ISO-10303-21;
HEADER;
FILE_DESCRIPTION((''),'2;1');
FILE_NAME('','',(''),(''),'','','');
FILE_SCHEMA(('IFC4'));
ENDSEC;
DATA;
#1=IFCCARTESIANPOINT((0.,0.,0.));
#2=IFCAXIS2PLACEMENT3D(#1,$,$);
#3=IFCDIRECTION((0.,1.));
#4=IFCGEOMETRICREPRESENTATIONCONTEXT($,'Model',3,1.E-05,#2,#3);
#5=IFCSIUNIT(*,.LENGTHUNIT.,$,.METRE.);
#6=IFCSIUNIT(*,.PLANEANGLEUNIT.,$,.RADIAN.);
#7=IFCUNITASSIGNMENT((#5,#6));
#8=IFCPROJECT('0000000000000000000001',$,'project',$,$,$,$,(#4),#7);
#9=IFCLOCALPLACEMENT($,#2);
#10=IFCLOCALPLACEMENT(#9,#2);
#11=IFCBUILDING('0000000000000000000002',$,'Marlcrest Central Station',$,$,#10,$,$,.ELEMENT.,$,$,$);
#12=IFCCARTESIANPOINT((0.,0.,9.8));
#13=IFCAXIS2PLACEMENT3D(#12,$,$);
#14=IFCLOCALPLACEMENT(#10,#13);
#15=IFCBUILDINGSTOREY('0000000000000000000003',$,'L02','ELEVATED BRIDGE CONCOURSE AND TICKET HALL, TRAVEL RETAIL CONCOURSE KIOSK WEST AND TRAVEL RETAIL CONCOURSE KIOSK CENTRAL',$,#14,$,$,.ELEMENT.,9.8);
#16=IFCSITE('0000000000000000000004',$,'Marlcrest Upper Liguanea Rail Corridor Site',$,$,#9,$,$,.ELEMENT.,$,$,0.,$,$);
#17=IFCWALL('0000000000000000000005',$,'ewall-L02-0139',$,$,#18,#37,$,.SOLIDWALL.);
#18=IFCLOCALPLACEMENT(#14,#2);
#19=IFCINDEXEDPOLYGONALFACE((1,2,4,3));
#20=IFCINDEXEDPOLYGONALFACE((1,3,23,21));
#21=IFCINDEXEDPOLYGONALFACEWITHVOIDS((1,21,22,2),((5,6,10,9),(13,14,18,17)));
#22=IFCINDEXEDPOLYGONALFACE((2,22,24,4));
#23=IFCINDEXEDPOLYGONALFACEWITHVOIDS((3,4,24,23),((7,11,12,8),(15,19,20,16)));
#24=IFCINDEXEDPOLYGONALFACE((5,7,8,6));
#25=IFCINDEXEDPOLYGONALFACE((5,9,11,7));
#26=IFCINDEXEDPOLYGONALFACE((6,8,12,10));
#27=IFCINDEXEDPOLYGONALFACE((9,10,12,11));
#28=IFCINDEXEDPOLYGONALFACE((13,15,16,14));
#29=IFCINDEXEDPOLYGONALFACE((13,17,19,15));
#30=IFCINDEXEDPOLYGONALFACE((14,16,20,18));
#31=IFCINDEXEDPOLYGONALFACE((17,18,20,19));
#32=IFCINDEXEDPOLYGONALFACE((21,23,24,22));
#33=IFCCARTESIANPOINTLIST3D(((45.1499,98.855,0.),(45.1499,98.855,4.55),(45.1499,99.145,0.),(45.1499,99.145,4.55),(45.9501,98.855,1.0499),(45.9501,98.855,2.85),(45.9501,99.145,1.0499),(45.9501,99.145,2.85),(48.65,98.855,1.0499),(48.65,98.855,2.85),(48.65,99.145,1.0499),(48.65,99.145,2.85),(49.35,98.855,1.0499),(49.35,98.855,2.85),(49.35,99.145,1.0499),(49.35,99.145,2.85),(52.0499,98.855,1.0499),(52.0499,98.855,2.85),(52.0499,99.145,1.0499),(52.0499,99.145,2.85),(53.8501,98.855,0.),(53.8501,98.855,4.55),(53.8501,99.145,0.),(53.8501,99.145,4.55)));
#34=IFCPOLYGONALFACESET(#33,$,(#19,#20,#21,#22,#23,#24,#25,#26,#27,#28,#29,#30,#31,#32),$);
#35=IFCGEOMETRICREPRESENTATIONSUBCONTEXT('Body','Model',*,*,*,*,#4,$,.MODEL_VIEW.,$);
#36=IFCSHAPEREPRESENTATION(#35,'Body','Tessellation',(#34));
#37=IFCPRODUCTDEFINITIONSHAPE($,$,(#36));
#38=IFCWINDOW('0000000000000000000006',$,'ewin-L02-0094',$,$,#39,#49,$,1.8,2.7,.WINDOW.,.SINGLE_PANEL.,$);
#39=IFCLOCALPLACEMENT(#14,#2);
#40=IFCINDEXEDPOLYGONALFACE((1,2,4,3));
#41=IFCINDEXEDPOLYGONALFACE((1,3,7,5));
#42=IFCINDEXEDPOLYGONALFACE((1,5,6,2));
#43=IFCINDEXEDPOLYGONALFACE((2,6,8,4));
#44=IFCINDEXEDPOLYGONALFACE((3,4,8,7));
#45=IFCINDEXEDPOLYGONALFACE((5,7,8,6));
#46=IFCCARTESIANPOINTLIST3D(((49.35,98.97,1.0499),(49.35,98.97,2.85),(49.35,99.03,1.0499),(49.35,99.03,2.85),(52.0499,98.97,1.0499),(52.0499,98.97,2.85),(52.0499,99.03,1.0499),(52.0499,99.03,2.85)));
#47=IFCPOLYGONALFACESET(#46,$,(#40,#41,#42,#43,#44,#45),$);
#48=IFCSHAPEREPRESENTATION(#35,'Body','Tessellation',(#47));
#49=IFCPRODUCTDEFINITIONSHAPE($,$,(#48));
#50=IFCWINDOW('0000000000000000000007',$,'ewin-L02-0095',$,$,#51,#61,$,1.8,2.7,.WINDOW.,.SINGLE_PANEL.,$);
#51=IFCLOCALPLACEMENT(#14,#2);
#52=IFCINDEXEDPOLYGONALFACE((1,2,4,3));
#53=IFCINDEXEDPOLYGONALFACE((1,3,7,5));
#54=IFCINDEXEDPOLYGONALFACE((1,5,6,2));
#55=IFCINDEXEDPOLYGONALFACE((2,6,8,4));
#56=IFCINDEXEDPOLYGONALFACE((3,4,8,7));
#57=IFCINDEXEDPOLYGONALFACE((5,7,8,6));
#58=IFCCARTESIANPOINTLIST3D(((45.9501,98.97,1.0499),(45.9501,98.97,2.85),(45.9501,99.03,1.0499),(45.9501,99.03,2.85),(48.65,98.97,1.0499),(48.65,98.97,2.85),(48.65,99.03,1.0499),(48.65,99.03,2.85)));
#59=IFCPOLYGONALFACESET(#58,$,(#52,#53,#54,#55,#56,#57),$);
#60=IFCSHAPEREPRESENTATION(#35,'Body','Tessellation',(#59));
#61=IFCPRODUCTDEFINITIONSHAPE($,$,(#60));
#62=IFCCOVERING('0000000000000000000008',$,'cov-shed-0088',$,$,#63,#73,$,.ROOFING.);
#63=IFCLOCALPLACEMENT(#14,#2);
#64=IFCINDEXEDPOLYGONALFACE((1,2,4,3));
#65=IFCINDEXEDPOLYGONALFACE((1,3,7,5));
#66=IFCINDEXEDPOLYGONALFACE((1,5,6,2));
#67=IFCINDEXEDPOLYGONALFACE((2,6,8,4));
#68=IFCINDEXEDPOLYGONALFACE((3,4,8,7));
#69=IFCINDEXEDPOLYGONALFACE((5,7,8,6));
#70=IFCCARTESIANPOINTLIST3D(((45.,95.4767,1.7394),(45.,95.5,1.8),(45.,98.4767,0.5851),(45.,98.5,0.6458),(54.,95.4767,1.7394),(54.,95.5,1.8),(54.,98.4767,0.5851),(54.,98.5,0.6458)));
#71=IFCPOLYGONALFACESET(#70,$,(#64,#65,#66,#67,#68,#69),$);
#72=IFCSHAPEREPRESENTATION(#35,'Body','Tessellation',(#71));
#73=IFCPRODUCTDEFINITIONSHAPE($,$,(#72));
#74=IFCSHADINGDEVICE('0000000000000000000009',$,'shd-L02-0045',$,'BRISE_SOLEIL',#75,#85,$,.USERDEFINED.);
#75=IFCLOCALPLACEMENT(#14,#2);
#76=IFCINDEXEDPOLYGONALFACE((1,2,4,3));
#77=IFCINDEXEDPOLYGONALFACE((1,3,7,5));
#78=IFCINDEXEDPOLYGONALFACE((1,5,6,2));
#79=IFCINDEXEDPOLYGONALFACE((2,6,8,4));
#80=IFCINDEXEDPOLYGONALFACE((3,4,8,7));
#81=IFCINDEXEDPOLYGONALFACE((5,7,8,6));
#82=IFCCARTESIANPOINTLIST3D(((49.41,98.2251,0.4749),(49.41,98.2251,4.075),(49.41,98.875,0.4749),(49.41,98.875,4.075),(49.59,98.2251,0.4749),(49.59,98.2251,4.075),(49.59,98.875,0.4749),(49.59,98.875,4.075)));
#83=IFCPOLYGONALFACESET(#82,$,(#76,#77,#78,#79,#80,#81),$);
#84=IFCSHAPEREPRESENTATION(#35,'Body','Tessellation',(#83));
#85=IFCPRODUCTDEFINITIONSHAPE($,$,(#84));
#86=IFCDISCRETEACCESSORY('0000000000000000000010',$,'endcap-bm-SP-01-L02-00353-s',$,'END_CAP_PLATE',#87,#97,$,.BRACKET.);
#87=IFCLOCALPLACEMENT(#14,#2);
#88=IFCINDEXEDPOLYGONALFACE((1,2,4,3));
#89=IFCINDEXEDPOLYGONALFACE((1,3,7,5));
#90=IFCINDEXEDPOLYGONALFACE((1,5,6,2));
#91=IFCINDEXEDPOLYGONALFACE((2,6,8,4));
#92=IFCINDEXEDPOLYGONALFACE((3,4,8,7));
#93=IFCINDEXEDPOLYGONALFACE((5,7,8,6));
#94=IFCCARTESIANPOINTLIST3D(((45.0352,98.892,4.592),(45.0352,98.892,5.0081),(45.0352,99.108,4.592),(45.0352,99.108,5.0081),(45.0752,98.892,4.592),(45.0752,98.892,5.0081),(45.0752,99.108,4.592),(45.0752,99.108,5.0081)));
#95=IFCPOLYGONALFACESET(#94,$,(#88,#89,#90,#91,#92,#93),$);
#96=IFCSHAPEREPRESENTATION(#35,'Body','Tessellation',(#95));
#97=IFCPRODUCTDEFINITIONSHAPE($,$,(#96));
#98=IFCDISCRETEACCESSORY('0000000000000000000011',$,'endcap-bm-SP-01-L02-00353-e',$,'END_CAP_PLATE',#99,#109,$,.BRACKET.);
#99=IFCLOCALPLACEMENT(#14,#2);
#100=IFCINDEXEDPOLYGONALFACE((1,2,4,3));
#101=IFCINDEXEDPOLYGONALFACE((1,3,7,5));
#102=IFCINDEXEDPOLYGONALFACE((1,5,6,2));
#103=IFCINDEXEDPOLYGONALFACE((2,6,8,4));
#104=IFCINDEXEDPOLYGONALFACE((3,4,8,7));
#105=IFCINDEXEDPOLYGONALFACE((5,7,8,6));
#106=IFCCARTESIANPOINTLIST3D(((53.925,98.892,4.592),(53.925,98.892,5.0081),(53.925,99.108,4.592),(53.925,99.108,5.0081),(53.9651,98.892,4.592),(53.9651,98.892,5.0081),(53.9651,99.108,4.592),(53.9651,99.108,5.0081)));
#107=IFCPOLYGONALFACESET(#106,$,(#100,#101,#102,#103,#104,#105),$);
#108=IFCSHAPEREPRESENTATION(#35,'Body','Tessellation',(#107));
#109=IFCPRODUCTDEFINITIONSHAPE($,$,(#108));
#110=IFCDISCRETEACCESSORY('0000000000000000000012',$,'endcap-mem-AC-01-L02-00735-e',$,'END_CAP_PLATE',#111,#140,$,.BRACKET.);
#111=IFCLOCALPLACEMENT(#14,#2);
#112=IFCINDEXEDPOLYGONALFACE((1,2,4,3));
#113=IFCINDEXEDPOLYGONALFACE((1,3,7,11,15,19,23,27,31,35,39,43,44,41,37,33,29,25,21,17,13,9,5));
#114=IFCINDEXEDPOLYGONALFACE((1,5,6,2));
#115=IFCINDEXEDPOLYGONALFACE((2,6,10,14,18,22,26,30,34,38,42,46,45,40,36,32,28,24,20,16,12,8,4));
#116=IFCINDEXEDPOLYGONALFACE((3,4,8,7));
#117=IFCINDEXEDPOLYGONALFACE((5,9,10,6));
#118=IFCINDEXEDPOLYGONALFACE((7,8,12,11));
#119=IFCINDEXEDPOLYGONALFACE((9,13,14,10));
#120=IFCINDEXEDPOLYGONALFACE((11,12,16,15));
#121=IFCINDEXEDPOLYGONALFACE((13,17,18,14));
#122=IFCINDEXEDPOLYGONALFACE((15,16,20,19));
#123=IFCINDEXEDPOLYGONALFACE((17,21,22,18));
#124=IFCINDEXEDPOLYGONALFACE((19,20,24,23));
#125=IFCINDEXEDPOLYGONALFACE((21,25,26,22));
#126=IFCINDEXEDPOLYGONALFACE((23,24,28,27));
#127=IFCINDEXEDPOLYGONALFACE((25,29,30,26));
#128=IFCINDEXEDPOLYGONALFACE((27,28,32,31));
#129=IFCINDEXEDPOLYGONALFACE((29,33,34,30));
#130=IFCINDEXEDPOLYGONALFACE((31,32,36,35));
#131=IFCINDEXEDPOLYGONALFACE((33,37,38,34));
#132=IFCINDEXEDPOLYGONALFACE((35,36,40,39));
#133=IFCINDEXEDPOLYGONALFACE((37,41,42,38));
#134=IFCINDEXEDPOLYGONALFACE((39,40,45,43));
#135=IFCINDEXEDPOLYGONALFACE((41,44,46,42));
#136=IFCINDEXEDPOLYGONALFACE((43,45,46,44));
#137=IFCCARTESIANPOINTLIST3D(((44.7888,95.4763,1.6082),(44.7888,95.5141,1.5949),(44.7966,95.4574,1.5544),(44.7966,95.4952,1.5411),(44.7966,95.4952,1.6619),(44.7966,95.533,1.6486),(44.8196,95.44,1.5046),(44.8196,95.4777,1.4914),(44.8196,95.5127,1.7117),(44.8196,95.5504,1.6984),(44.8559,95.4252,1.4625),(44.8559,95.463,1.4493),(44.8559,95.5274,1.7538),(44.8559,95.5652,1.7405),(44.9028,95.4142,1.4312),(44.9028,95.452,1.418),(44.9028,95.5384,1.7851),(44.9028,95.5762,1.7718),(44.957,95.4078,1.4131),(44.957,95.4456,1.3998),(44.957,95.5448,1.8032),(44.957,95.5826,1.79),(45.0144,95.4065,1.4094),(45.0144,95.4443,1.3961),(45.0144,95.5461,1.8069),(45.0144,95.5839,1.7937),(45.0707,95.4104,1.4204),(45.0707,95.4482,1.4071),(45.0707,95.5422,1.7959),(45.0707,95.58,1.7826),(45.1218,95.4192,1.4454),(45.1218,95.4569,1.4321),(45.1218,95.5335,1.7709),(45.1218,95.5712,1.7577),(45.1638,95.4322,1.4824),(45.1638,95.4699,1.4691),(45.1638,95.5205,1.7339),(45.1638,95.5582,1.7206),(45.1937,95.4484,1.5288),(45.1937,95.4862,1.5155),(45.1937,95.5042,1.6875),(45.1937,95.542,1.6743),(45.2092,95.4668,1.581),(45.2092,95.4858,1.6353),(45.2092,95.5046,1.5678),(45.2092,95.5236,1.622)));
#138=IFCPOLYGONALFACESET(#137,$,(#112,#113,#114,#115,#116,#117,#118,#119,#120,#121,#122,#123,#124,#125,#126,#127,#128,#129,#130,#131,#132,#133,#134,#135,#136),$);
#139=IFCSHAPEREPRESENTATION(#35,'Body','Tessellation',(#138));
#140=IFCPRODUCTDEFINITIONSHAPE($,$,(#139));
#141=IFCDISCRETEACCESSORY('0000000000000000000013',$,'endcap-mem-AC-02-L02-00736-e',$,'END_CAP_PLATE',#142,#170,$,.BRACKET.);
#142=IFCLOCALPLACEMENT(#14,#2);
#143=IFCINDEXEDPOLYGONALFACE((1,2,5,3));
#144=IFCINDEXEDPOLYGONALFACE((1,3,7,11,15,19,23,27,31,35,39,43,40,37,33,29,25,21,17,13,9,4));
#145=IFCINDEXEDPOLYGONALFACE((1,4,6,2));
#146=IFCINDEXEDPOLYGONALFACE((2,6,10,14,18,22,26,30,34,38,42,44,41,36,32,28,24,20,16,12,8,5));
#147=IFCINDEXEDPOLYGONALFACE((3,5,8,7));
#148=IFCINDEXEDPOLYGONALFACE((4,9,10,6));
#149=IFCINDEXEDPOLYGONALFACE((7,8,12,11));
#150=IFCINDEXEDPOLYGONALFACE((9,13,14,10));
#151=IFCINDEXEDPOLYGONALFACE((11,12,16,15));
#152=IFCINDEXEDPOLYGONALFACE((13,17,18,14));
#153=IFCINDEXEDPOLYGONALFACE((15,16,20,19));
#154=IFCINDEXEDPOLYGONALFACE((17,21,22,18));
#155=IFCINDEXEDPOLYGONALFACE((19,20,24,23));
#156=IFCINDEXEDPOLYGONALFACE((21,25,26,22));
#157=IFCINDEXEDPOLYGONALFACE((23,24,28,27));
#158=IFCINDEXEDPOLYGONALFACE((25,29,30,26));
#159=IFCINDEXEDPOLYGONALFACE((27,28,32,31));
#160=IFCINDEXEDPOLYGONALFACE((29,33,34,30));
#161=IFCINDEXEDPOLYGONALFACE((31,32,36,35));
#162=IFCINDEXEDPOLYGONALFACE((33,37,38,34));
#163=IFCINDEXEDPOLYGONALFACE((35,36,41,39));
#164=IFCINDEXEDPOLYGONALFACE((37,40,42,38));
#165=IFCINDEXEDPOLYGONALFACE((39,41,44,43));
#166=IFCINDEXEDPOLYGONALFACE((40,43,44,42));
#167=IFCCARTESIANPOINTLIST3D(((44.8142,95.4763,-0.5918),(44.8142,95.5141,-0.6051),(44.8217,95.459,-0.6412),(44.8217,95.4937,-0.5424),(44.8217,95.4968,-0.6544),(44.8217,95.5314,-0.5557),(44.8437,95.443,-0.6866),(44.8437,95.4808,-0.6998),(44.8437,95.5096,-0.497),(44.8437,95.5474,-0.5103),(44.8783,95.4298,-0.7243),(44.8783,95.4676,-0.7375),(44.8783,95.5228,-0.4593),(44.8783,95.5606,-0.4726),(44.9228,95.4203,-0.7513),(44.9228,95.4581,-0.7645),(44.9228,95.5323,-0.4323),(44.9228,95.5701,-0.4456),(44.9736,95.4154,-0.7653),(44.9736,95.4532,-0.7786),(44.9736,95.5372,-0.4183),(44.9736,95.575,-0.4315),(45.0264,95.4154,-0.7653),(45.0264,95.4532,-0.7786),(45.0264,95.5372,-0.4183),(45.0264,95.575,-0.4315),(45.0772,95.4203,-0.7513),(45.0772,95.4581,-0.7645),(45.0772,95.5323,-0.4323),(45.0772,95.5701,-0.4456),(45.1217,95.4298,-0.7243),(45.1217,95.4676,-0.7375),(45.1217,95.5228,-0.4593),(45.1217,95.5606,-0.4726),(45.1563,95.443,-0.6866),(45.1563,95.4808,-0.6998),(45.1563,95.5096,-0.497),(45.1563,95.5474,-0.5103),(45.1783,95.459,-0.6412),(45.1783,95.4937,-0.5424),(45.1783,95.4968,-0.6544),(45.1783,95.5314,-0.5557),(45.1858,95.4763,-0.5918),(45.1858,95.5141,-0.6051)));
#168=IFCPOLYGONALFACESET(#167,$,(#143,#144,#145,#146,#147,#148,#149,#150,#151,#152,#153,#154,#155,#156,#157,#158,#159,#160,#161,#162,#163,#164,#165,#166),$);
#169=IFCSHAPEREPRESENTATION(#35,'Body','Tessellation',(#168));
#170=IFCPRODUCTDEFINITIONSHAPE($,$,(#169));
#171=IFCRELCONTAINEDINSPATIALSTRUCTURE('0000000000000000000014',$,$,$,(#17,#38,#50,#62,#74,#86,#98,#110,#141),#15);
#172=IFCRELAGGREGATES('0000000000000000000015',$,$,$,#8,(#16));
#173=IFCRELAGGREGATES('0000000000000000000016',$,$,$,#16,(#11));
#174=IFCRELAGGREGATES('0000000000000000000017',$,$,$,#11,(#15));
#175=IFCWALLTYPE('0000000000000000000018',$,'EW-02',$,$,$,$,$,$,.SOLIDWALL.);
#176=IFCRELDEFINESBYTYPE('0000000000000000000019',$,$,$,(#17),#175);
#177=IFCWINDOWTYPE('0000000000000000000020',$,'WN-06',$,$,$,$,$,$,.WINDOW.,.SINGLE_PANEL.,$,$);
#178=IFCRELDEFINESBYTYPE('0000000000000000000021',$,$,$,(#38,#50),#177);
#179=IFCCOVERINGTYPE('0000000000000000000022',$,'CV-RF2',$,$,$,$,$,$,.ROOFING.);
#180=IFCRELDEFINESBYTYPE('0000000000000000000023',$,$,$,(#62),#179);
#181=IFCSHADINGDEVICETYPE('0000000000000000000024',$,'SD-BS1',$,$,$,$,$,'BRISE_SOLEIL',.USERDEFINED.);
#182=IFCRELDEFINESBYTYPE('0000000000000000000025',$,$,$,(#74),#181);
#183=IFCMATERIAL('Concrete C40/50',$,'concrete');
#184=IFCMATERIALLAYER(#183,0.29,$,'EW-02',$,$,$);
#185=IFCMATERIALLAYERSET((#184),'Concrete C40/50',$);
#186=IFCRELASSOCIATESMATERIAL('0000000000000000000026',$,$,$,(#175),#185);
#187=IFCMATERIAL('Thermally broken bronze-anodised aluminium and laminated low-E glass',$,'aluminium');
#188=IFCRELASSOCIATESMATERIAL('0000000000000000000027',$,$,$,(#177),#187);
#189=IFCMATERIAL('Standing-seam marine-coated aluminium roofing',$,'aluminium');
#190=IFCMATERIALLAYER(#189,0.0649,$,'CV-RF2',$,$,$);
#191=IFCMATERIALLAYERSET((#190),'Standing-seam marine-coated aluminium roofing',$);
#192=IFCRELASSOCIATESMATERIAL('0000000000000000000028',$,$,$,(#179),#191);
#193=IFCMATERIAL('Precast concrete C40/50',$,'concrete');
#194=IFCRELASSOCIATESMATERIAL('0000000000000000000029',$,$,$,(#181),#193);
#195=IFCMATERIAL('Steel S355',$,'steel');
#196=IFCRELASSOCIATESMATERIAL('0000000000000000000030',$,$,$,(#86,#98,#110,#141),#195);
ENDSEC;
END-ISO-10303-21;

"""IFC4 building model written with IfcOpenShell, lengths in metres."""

from ifc_helpers import new_model, si_unit, direction, frame, frame_2d, origin, origin_2d, place, context, subcontext, project, spatial, polyline, rectangle, circle, outline, extrude, material, layer, layer_set, type_object, element, fill, save


model = new_model("IFC4")

# Units and contexts
model_context = context("Model", 3, precision=1e-05, world=origin(), true_north=direction((0.0, 1.0)))
body_context = subcontext(model_context, "Body", "Model", "MODEL_VIEW")
ifc_project = project(units=[si_unit("LENGTHUNIT", "METRE"), si_unit("PLANEANGLEUNIT", "RADIAN")], contexts=[model_context])

# Site, building, storey
site_placement = place(None, origin())
site = spatial("IfcSite", under=ifc_project, at=site_placement, Name="Marlcrest Upper Liguanea Rail Corridor Site", CompositionType="ELEMENT", RefElevation=0.0)
building_placement = place(site_placement, origin())
building = spatial("IfcBuilding", under=site, at=building_placement, Name="Marlcrest Central Station", CompositionType="ELEMENT")
storey_placement = place(building_placement, frame((0.0, 0.0, 9.8)))
storey = spatial("IfcBuildingStorey", under=building, at=storey_placement, Name="L02", Description="ELEVATED BRIDGE CONCOURSE AND TICKET HALL, TRAVEL RETAIL CONCOURSE KIOSK WEST AND TRAVEL RETAIL CONCOURSE KIOSK CENTRAL", CompositionType="ELEMENT", Elevation=9.8)

# Shared definitions
ifc_material_1 = material(Name="Steel S355", Category="steel")

# Wall, openings, windows
ifc_material_2 = material(Name="Concrete C40/50", Category="concrete")
ifc_layer_1 = layer(ifc_material_2, 0.29, Name="EW-02")
ifc_layer_set_1 = layer_set([ifc_layer_1], Name="Concrete C40/50")
wall_type = type_object("IfcWallType", Name="EW-02", PredefinedType="SOLIDWALL", material=ifc_layer_set_1)
wall_placement = place(storey_placement, frame((53.8501, 99.0, 0.0), z_axis=(0.0, 0.0, 1.0), x_axis=(-1.0, 0.0, 0.0)))
wall = element("IfcWall", 1, at=wall_placement, inside=storey, type_object=wall_type, Name="ewall-L02-0139", PredefinedType="SOLIDWALL", context=body_context, shape_type="SweptSolid", body=[
    extrude(rectangle(XDim=8.7002, YDim=0.29, at=frame_2d((4.3501, 0.0))), origin(), (0.0, 0.0, 1.0), 4.55),
])
opening_1_placement = place(wall_placement, frame((1.8, 0.0, 1.05)))
opening_1 = element("IfcOpeningElement", 2, at=opening_1_placement, cuts=wall, PredefinedType="OPENING", context=body_context, shape_type="SweptSolid", body=[
    extrude(rectangle(XDim=2.7, YDim=1.8, at=frame_2d((1.3501, 0.8999))), frame((0.0, 0.155, 0.0), z_axis=(0.0, -1.0, 0.0), x_axis=(1.0, 0.0, 0.0)), (0.0, 0.0, 1.0), 0.3101),
])
opening_2_placement = place(wall_placement, frame((5.2, 0.0, 1.05)))
opening_2 = element("IfcOpeningElement", 3, at=opening_2_placement, cuts=wall, PredefinedType="OPENING", context=body_context, shape_type="SweptSolid", body=[
    extrude(rectangle(XDim=2.7, YDim=1.8, at=frame_2d((1.3501, 0.8999))), frame((0.0, 0.155, 0.0), z_axis=(0.0, -1.0, 0.0), x_axis=(1.0, 0.0, 0.0)), (0.0, 0.0, 1.0), 0.3101),
])
ifc_material_3 = material(Name="Thermally broken bronze-anodised aluminium and laminated low-E glass", Category="aluminium")
window_type = type_object("IfcWindowType", Name="WN-06", PartitioningType="SINGLE_PANEL", PredefinedType="WINDOW", material=ifc_material_3)
window_1_placement = place(opening_1_placement, origin())
window_1 = element("IfcWindow", 4, at=window_1_placement, inside=storey, type_object=window_type, Name="ewin-L02-0094", OverallHeight=1.8, OverallWidth=2.7, PartitioningType="SINGLE_PANEL", PredefinedType="WINDOW", context=body_context, shape_type="SweptSolid", body=[
    extrude(rectangle(XDim=2.7, YDim=1.8, at=frame_2d((1.3501, 0.8999))), frame((0.0, 0.03, 0.0), z_axis=(0.0, -1.0, 0.0), x_axis=(1.0, 0.0, 0.0)), (0.0, 0.0, 1.0), 0.0601),
])
fill(opening_1, window_1)
window_2_placement = place(opening_2_placement, origin())
window_2 = element("IfcWindow", 5, at=window_2_placement, inside=storey, type_object=window_type, Name="ewin-L02-0095", OverallHeight=1.8, OverallWidth=2.7, PartitioningType="SINGLE_PANEL", PredefinedType="WINDOW", context=body_context, shape_type="SweptSolid", body=[
    extrude(rectangle(XDim=2.7, YDim=1.8, at=frame_2d((1.3501, 0.8999))), frame((0.0, 0.03, 0.0), z_axis=(0.0, -1.0, 0.0), x_axis=(1.0, 0.0, 0.0)), (0.0, 0.0, 1.0), 0.0601),
])
fill(opening_2, window_2)

# Covering
ifc_material_4 = material(Name="Standing-seam marine-coated aluminium roofing", Category="aluminium")
ifc_layer_2 = layer(ifc_material_4, 0.0649, Name="CV-RF2")
ifc_layer_set_2 = layer_set([ifc_layer_2], Name="Standing-seam marine-coated aluminium roofing")
covering_type = type_object("IfcCoveringType", Name="CV-RF2", PredefinedType="ROOFING", material=ifc_layer_set_2)
covering_placement = place(storey_placement, frame((45.0, 95.5, 1.8), z_axis=(0.0, 0.359101, 0.933299), x_axis=(1.0, 0.0, 0.0)))
element("IfcCovering", 6, at=covering_placement, inside=storey, type_object=covering_type, Name="cov-shed-0088", PredefinedType="ROOFING", context=body_context, shape_type="SweptSolid", body=[
    extrude(outline(polyline([(0.0, 0.0), (9.0, 0.0), (9.0, 3.2144), (0.0, 3.2144), (0.0, 0.0)])), origin(), (0.0, 0.0, -1.0), 0.0649),
])

# Shading device
ifc_material_5 = material(Name="Precast concrete C40/50", Category="concrete")
shading_device_type = type_object("IfcShadingDeviceType", Name="SD-BS1", ElementType="BRISE_SOLEIL", PredefinedType="USERDEFINED", material=ifc_material_5)
shading_device_placement = place(storey_placement, frame((49.5, 98.55, 0.4749), z_axis=(0.0, 0.0, 1.0), x_axis=(1.0, 0.0, 0.0)))
element("IfcShadingDevice", 7, at=shading_device_placement, inside=storey, type_object=shading_device_type, Name="shd-L02-0045", ObjectType="BRISE_SOLEIL", PredefinedType="USERDEFINED", context=body_context, shape_type="SweptSolid", body=[
    extrude(rectangle(XDim=0.1799, YDim=0.6499, at=origin_2d()), origin(), (0.0, 0.0, 1.0), 3.6001),
])

# Discrete accessories
for number, where, z_axis, x_axis, name in (
    (8, (45.0352, 99.0, 4.8), (1.0, 0.0, 0.0), (0.0, 1.0, 0.0), "endcap-bm-SP-01-L02-00353-s"),
    (9, (53.925, 99.0, 4.8), (1.0, 0.0, 0.0), (0.0, 1.0, 0.0), "endcap-bm-SP-01-L02-00353-e"),
):
    element("IfcDiscreteAccessory", number, at=place(storey_placement, frame(where, z_axis=z_axis, x_axis=x_axis)), inside=storey, material=ifc_material_1, Name=name, ObjectType="END_CAP_PLATE", PredefinedType="BRACKET", context=body_context, shape_type="SweptSolid", body=[
        extrude(rectangle(XDim=0.2161, YDim=0.416, at=origin_2d()), origin(), (0.0, 0.0, 1.0), 0.04),
    ])
discrete_accessory_1_placement = place(storey_placement, frame((45.0, 95.4763, 1.6082), z_axis=(0.0, 0.943537, -0.331266), x_axis=(-1.0, 0.0, 0.0)))
element("IfcDiscreteAccessory", 10, at=discrete_accessory_1_placement, inside=storey, material=ifc_material_1, Name="endcap-mem-AC-01-L02-00735-e", ObjectType="END_CAP_PLATE", PredefinedType="BRACKET", context=body_context, shape_type="SweptSolid", body=[
    extrude(circle(Radius=0.2112, at=origin_2d()), origin(), (0.0, 0.0, 1.0), 0.04),
])
discrete_accessory_2_placement = place(storey_placement, frame((45.0, 95.4763, -0.5918), z_axis=(0.0, 0.943537, -0.331266), x_axis=(-1.0, 0.0, 0.0)))
element("IfcDiscreteAccessory", 11, at=discrete_accessory_2_placement, inside=storey, material=ifc_material_1, Name="endcap-mem-AC-02-L02-00736-e", ObjectType="END_CAP_PLATE", PredefinedType="BRACKET", context=body_context, shape_type="SweptSolid", body=[
    extrude(circle(Radius=0.1858, at=origin_2d()), origin(), (0.0, 0.0, 1.0), 0.04),
])

save(model, "model.ifc")
